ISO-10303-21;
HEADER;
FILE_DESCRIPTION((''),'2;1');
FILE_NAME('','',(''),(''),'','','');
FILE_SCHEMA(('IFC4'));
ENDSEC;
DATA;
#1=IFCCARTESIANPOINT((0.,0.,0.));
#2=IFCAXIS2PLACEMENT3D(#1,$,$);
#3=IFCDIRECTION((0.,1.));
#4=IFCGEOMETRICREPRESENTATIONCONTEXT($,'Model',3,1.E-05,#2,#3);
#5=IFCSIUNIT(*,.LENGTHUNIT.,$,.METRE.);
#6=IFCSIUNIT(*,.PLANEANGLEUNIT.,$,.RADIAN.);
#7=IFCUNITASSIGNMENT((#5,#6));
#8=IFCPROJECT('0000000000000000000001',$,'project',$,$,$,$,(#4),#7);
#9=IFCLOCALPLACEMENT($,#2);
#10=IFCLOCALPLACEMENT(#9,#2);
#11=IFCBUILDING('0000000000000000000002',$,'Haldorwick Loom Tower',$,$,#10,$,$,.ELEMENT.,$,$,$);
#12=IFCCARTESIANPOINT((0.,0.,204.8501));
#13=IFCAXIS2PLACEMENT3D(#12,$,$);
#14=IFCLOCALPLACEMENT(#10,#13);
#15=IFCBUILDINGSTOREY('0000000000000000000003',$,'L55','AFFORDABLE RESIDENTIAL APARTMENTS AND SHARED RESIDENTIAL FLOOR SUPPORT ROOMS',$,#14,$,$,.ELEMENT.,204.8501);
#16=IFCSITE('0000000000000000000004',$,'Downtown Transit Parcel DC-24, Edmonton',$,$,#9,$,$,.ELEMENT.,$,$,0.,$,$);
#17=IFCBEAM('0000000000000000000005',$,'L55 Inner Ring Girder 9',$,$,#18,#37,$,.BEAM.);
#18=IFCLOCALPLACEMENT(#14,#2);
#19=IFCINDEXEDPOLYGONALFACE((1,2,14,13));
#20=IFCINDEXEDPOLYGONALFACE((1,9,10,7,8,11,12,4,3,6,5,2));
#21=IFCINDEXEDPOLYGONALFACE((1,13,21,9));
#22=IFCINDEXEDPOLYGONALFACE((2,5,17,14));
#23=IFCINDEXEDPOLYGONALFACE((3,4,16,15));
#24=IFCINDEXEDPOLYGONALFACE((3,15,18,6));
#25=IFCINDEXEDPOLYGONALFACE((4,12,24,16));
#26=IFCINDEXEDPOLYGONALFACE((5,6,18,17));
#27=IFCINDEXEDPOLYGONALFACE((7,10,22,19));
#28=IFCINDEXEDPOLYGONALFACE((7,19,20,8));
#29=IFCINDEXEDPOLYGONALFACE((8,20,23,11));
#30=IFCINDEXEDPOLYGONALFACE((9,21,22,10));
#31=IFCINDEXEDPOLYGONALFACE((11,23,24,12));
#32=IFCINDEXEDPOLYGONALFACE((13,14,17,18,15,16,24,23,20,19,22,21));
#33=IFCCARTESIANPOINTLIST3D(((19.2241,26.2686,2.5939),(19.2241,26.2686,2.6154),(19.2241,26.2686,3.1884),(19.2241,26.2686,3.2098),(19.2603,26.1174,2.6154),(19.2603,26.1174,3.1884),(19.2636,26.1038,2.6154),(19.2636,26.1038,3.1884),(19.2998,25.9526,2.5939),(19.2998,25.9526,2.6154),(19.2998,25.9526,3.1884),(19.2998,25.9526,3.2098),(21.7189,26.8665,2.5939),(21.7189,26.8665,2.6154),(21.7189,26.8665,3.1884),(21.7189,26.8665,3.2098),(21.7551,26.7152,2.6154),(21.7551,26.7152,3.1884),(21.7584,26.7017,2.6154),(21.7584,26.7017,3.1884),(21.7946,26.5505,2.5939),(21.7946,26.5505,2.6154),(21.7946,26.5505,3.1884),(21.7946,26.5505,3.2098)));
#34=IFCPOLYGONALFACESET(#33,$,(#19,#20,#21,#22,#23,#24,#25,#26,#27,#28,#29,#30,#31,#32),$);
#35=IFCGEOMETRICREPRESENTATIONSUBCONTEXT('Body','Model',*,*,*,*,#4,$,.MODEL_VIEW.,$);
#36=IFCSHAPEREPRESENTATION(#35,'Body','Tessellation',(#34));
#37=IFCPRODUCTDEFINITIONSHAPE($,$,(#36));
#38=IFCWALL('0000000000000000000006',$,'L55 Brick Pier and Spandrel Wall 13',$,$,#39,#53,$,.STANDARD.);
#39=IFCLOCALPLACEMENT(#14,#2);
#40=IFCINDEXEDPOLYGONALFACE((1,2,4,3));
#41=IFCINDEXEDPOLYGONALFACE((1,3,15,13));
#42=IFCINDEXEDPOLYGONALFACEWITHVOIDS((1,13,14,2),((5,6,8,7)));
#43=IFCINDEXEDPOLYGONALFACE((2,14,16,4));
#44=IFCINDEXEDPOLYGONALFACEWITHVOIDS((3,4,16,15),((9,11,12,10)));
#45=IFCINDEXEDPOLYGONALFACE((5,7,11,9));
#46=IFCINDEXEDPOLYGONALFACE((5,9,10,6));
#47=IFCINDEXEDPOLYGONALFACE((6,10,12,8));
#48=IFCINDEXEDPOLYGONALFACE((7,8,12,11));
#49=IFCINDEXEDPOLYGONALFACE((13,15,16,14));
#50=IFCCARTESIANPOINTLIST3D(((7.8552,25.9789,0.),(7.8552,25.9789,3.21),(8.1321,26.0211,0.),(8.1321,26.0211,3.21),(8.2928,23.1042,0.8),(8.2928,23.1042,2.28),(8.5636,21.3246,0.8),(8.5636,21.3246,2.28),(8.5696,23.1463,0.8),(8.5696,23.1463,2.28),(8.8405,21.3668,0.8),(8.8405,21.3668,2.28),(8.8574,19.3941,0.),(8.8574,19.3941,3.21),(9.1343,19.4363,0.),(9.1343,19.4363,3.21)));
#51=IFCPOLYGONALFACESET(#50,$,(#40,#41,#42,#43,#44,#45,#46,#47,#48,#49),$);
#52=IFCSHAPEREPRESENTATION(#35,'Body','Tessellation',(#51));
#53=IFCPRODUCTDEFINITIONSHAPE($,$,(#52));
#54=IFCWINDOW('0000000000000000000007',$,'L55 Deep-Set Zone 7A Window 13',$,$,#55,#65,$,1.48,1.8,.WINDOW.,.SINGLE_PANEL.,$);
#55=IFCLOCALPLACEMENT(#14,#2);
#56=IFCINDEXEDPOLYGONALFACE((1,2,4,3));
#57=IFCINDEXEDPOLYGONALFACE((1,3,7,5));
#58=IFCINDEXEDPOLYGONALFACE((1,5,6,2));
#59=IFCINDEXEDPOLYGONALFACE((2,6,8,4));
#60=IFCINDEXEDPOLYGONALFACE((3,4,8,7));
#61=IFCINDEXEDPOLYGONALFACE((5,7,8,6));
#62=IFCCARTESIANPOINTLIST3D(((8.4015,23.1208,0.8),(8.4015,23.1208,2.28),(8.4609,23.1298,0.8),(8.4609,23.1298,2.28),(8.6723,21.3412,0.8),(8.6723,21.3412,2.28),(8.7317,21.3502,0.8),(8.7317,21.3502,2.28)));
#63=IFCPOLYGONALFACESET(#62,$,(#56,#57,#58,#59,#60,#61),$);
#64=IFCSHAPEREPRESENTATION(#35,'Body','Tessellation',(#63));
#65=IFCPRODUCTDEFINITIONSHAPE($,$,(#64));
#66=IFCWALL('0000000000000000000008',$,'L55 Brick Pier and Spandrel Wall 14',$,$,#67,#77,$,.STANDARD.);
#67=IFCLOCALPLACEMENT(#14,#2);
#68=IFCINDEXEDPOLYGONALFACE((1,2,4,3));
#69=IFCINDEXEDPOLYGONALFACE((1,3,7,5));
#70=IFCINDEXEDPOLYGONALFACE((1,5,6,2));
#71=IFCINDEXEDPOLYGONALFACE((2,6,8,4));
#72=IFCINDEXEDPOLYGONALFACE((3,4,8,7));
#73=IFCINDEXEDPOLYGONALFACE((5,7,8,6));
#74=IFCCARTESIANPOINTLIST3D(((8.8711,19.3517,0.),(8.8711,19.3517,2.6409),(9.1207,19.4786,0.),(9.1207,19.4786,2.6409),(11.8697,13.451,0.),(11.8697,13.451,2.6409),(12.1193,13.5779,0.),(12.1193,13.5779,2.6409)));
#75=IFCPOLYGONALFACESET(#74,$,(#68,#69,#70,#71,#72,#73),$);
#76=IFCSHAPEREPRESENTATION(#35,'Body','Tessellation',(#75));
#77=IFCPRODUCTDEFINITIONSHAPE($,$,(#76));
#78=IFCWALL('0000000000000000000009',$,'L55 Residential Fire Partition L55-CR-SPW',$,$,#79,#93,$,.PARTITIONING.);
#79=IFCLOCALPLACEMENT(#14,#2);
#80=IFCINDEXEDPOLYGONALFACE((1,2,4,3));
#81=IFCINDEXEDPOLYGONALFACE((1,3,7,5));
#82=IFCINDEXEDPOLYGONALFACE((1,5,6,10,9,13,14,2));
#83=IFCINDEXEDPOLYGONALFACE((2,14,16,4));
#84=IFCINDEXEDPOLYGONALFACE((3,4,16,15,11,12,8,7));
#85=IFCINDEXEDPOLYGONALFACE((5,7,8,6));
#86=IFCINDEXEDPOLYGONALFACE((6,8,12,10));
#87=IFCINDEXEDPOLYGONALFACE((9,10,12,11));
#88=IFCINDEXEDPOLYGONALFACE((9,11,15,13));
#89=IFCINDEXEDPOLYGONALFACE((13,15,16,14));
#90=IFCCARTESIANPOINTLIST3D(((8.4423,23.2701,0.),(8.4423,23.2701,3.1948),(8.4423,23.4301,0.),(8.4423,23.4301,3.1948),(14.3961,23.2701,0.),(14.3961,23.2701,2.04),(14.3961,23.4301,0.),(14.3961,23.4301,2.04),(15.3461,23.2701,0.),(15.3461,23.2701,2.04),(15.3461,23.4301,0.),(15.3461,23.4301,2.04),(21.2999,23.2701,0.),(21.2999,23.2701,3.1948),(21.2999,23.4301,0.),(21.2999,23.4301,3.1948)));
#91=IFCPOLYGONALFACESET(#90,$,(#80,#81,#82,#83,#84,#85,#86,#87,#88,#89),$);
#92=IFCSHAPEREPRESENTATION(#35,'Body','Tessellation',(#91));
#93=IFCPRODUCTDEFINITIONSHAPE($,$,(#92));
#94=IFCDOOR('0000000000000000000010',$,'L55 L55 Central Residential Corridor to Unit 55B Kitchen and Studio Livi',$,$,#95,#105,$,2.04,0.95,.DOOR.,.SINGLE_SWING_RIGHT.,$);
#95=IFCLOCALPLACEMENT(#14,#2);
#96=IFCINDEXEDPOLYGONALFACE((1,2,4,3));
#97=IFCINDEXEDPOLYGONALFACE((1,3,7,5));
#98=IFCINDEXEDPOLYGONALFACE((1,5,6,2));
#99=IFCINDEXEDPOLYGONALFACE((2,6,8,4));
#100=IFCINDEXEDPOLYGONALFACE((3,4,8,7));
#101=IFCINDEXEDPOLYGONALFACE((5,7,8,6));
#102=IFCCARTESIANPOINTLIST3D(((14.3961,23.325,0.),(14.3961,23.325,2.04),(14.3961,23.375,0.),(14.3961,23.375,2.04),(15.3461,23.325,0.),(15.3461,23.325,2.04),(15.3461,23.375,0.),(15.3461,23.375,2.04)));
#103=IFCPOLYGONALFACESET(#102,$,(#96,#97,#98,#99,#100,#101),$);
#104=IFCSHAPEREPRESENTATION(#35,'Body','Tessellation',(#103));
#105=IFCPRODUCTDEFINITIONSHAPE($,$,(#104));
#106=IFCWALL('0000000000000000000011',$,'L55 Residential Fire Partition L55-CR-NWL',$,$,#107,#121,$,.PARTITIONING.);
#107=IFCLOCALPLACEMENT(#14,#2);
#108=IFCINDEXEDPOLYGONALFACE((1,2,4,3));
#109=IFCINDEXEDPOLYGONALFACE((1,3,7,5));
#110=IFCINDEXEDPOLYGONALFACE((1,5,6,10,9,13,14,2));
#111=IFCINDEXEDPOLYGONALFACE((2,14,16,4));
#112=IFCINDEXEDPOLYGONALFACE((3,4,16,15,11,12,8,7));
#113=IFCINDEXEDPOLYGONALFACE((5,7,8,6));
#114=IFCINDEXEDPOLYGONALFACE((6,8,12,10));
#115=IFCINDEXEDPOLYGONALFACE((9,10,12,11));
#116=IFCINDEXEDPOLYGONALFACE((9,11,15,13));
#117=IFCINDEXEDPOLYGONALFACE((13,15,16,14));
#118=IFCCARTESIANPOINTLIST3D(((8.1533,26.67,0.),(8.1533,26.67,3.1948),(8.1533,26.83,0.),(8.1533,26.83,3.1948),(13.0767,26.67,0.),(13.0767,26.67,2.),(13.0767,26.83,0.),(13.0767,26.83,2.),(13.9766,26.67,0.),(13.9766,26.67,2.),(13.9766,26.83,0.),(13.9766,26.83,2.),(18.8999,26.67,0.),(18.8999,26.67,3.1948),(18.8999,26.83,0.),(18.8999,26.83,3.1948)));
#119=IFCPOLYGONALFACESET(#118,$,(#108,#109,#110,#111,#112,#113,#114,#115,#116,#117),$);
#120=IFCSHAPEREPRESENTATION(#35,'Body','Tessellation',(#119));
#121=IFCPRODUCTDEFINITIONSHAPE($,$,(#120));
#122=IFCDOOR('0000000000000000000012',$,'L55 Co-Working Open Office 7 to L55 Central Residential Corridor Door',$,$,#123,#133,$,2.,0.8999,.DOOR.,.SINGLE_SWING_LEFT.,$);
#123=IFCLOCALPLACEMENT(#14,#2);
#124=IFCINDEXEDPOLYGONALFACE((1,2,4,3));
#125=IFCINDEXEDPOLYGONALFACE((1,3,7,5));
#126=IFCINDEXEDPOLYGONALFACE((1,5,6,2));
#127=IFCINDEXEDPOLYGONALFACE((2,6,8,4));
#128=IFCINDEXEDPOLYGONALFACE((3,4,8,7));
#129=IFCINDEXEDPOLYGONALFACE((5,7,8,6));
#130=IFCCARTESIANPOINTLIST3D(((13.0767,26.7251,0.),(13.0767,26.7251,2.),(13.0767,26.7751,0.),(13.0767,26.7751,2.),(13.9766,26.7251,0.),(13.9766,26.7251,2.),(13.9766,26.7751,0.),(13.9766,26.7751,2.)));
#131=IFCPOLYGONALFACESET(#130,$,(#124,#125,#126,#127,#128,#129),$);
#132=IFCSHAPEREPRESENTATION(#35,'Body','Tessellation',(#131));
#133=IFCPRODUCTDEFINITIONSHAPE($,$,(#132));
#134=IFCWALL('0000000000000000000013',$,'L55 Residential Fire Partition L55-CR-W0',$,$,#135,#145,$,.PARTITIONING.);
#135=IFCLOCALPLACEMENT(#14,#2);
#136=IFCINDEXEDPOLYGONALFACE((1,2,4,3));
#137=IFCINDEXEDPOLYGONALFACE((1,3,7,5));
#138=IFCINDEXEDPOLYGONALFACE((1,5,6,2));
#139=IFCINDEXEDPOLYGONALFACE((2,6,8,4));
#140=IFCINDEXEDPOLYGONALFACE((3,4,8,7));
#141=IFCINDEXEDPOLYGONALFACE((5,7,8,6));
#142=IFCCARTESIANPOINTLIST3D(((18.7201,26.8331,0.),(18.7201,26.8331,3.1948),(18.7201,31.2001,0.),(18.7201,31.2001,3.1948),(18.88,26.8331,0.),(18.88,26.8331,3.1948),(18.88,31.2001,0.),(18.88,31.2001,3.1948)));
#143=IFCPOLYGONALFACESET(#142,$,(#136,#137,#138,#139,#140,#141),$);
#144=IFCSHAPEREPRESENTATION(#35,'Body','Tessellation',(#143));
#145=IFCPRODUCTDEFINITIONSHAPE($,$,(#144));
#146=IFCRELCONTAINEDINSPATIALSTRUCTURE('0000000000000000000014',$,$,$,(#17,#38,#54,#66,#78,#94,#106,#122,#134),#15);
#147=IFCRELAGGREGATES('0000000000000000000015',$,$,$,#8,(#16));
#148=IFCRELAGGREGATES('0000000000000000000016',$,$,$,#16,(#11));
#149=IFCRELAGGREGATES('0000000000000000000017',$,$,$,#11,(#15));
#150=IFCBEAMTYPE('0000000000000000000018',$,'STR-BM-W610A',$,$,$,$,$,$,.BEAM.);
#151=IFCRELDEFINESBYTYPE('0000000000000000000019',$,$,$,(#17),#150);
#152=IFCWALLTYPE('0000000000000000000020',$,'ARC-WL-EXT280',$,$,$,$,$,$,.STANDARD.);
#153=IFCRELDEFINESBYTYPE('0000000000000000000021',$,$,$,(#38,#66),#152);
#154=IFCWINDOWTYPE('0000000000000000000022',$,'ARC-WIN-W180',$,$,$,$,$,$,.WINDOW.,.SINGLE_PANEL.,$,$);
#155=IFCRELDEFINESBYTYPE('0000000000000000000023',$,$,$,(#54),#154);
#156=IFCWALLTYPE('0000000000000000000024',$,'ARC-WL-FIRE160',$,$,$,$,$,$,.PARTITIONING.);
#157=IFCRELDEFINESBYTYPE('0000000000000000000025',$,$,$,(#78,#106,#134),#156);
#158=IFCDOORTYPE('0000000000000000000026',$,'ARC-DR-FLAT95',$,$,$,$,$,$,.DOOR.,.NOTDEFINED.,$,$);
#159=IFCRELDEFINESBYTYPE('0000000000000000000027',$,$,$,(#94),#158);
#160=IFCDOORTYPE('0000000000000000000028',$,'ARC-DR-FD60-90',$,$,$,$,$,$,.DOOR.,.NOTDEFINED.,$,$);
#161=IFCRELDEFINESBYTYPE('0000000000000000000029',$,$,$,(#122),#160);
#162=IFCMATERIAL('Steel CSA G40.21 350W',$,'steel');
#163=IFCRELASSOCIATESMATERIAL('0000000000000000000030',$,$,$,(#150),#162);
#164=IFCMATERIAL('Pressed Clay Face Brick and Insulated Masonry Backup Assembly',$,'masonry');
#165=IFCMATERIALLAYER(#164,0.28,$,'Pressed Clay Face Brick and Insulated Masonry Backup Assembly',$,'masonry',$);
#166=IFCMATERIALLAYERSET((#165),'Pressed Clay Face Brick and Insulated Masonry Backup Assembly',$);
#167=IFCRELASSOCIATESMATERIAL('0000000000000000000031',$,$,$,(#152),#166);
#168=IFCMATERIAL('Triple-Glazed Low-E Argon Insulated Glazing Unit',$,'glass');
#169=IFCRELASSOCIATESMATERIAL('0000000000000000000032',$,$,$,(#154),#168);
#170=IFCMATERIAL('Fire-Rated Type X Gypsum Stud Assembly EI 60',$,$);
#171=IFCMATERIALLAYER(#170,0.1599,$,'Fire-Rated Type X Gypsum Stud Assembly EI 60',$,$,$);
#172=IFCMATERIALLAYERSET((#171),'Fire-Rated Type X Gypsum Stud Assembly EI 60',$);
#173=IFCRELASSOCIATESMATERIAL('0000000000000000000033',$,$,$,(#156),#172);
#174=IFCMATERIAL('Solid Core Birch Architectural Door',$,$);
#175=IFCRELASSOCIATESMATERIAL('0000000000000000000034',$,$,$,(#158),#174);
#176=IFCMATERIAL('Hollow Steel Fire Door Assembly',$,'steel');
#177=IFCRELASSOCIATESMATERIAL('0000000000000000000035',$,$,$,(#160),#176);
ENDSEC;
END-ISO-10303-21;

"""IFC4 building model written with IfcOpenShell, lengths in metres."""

from ifc_helpers import new_model, si_unit, direction, frame, frame_2d, origin, origin_2d, place, context, subcontext, project, spatial, rectangle, i_section, extrude, material, layer, layer_set, material_profile, profile_set, type_object, element, fill, save


model = new_model("IFC4")

# Units and contexts
model_context = context("Model", 3, precision=1e-05, world=origin(), true_north=direction((0.0, 1.0)))
body_context = subcontext(model_context, "Body", "Model", "MODEL_VIEW")
ifc_project = project(units=[si_unit("LENGTHUNIT", "METRE"), si_unit("PLANEANGLEUNIT", "RADIAN")], contexts=[model_context])

# Site, building, storey
site_placement = place(None, origin())
site = spatial("IfcSite", under=ifc_project, at=site_placement, Name="Downtown Transit Parcel DC-24, Edmonton", CompositionType="ELEMENT", RefElevation=0.0)
building_placement = place(site_placement, origin())
building = spatial("IfcBuilding", under=site, at=building_placement, Name="Haldorwick Loom Tower", CompositionType="ELEMENT")
storey_placement = place(building_placement, frame((0.0, 0.0, 204.8501)))
storey = spatial("IfcBuildingStorey", under=building, at=storey_placement, Name="L55", Description="AFFORDABLE RESIDENTIAL APARTMENTS AND SHARED RESIDENTIAL FLOOR SUPPORT ROOMS", CompositionType="ELEMENT", Elevation=204.8501)

# Beam
ifc_material_1 = material(Name="Steel CSA G40.21 350W", Category="steel")
ifc_material_profile_1 = material_profile(ifc_material_1, i_section(OverallWidth=0.325, OverallDepth=0.616, WebThickness=0.0139, FlangeThickness=0.0215, at=origin_2d()), Name="W610X174", Category="steel")
ifc_profile_set_1 = profile_set([ifc_material_profile_1], Name="Steel CSA G40.21 350W")
beam_type_1 = type_object("IfcBeamType", Name="STR-BM-W610A", PredefinedType="BEAM", material=ifc_profile_set_1)
beam_1_placement = place(storey_placement, frame((19.262, 26.1106, 2.9019), z_axis=(0.972464, 0.233053, 0.0), x_axis=(-0.233053, 0.972464, 0.0)))
element("IfcBeam", 1, at=beam_1_placement, inside=storey, type_object=beam_type_1, Name="L55 Inner Ring Girder 9", PredefinedType="BEAM", context=body_context, shape_type="SweptSolid", body=[
    extrude(i_section(OverallWidth=0.325, OverallDepth=0.616, WebThickness=0.0139, FlangeThickness=0.0215, at=origin_2d()), origin(), (0.0, 0.0, 1.0), 2.5654),
])

# Wall, opening, window
ifc_material_2 = material(Name="Pressed Clay Face Brick and Insulated Masonry Backup Assembly", Category="masonry")
ifc_layer_1 = layer(ifc_material_2, 0.28, Name="Pressed Clay Face Brick and Insulated Masonry Backup Assembly", Category="masonry")
ifc_layer_set_1 = layer_set([ifc_layer_1], Name="Pressed Clay Face Brick and Insulated Masonry Backup Assembly")
wall_type_1 = type_object("IfcWallType", Name="ARC-WL-EXT280", PredefinedType="STANDARD", material=ifc_layer_set_1)
wall_1_placement = place(storey_placement, frame((7.9937, 26.0, 0.0), z_axis=(0.0, 0.0, 1.0), x_axis=(0.150468, -0.988615, 0.0)))
wall_1 = element("IfcWall", 2, at=wall_1_placement, inside=storey, type_object=wall_type_1, Name="L55 Brick Pier and Spandrel Wall 13", PredefinedType="STANDARD", context=body_context, shape_type="SweptSolid", body=[
    extrude(rectangle(XDim=6.6606, YDim=0.28, at=frame_2d((3.3303, 0.0))), origin(), (0.0, 0.0, 1.0), 3.21),
])
opening_1_placement = place(wall_1_placement, frame((2.908, 0.0, 0.8)))
opening_1 = element("IfcOpeningElement", 3, at=opening_1_placement, cuts=wall_1, PredefinedType="OPENING", context=body_context, shape_type="SweptSolid", body=[
    extrude(rectangle(XDim=1.8, YDim=1.48, at=frame_2d((0.8999, 0.74))), frame((0.0, 0.1499, 0.0), z_axis=(0.0, -1.0, 0.0), x_axis=(1.0, 0.0, 0.0)), (0.0, 0.0, 1.0), 0.3),
])
ifc_material_3 = material(Name="Triple-Glazed Low-E Argon Insulated Glazing Unit", Category="glass")
window_type = type_object("IfcWindowType", Name="ARC-WIN-W180", PartitioningType="SINGLE_PANEL", PredefinedType="WINDOW", material=ifc_material_3)
window_placement = place(opening_1_placement, origin())
window = element("IfcWindow", 4, at=window_placement, inside=storey, type_object=window_type, Name="L55 Deep-Set Zone 7A Window 13", OverallHeight=1.48, OverallWidth=1.8, PartitioningType="SINGLE_PANEL", PredefinedType="WINDOW", context=body_context, shape_type="SweptSolid", body=[
    extrude(rectangle(XDim=1.8, YDim=1.48, at=frame_2d((0.8999, 0.74))), frame((0.0, 0.03, 0.0), z_axis=(0.0, -1.0, 0.0), x_axis=(1.0, 0.0, 0.0)), (0.0, 0.0, 1.0), 0.0601),
])
fill(opening_1, window)

# Wall
wall_2_placement = place(storey_placement, frame((8.9958, 19.4153, 0.0), z_axis=(0.0, 0.0, 1.0), x_axis=(0.453032, -0.891494, 0.0)))
element("IfcWall", 5, at=wall_2_placement, inside=storey, type_object=wall_type_1, Name="L55 Brick Pier and Spandrel Wall 14", PredefinedType="STANDARD", context=body_context, shape_type="SweptSolid", body=[
    extrude(rectangle(XDim=6.6189, YDim=0.28, at=frame_2d((3.3096, 0.0))), origin(), (0.0, 0.0, 1.0), 2.6409),
])

# Walls, openings, doors
ifc_material_4 = material(Name="Fire-Rated Type X Gypsum Stud Assembly EI 60")
ifc_layer_2 = layer(ifc_material_4, 0.1599, Name="Fire-Rated Type X Gypsum Stud Assembly EI 60")
ifc_layer_set_2 = layer_set([ifc_layer_2], Name="Fire-Rated Type X Gypsum Stud Assembly EI 60")
wall_type_2 = type_object("IfcWallType", Name="ARC-WL-FIRE160", PredefinedType="PARTITIONING", material=ifc_layer_set_2)
wall_3_placement = place(storey_placement, frame((8.4424, 23.3501, 0.0), z_axis=(0.0, 0.0, 1.0), x_axis=(1.0, 0.0, 0.0)))
wall_3 = element("IfcWall", 6, at=wall_3_placement, inside=storey, type_object=wall_type_2, Name="L55 Residential Fire Partition L55-CR-SPW", PredefinedType="PARTITIONING", context=body_context, shape_type="SweptSolid", body=[
    extrude(rectangle(XDim=12.8577, YDim=0.1599, at=frame_2d((6.4287, 0.0))), origin(), (0.0, 0.0, 1.0), 3.1948),
])
opening_2_placement = place(wall_3_placement, frame((5.9536, 0.0, 0.0)))
opening_2 = element("IfcOpeningElement", 7, at=opening_2_placement, cuts=wall_3, PredefinedType="OPENING", context=body_context, shape_type="SweptSolid", body=[
    extrude(rectangle(XDim=0.95, YDim=2.04, at=frame_2d((0.4751, 1.02))), frame((0.0, 0.0898, 0.0), z_axis=(0.0, -1.0, 0.0), x_axis=(1.0, 0.0, 0.0)), (0.0, 0.0, 1.0), 0.1799),
])
ifc_material_5 = material(Name="Solid Core Birch Architectural Door")
door_type_1 = type_object("IfcDoorType", Name="ARC-DR-FLAT95", OperationType="NOTDEFINED", PredefinedType="DOOR", material=ifc_material_5)
door_1_placement = place(opening_2_placement, origin())
door_1 = element("IfcDoor", 8, at=door_1_placement, inside=storey, type_object=door_type_1, Name="L55 L55 Central Residential Corridor to Unit 55B Kitchen and Studio Livi", OperationType="SINGLE_SWING_RIGHT", OverallHeight=2.04, OverallWidth=0.95, PredefinedType="DOOR", context=body_context, shape_type="SweptSolid", body=[
    extrude(rectangle(XDim=0.95, YDim=2.04, at=frame_2d((0.4751, 1.02))), frame((0.0, 0.0249, 0.0), z_axis=(0.0, -1.0, 0.0), x_axis=(1.0, 0.0, 0.0)), (0.0, 0.0, 1.0), 0.05),
])
fill(opening_2, door_1)
wall_4_placement = place(storey_placement, frame((8.1533, 26.75, 0.0), z_axis=(0.0, 0.0, 1.0), x_axis=(1.0, 0.0, 0.0)))
wall_4 = element("IfcWall", 9, at=wall_4_placement, inside=storey, type_object=wall_type_2, Name="L55 Residential Fire Partition L55-CR-NWL", PredefinedType="PARTITIONING", context=body_context, shape_type="SweptSolid", body=[
    extrude(rectangle(XDim=10.7466, YDim=0.1599, at=frame_2d((5.3733, 0.0))), origin(), (0.0, 0.0, 1.0), 3.1948),
])
opening_3_placement = place(wall_4_placement, frame((4.9233, 0.0, 0.0)))
opening_3 = element("IfcOpeningElement", 10, at=opening_3_placement, cuts=wall_4, PredefinedType="OPENING", context=body_context, shape_type="SweptSolid", body=[
    extrude(rectangle(XDim=0.8999, YDim=2.0, at=frame_2d((0.45, 1.0))), frame((0.0, 0.0898, 0.0), z_axis=(0.0, -1.0, 0.0), x_axis=(1.0, 0.0, 0.0)), (0.0, 0.0, 1.0), 0.1799),
])
ifc_material_6 = material(Name="Hollow Steel Fire Door Assembly", Category="steel")
door_type_2 = type_object("IfcDoorType", Name="ARC-DR-FD60-90", OperationType="NOTDEFINED", PredefinedType="DOOR", material=ifc_material_6)
door_2_placement = place(opening_3_placement, frame((0.8999, 0.0, 0.0), z_axis=(0.0, 0.0, 1.0), x_axis=(-1.0, 0.0, 0.0)))
door_2 = element("IfcDoor", 11, at=door_2_placement, inside=storey, type_object=door_type_2, Name="L55 Co-Working Open Office 7 to L55 Central Residential Corridor Door", OperationType="SINGLE_SWING_LEFT", OverallHeight=2.0, OverallWidth=0.8999, PredefinedType="DOOR", context=body_context, shape_type="SweptSolid", body=[
    extrude(rectangle(XDim=0.8999, YDim=2.0, at=frame_2d((0.45, 1.0))), frame((0.0, 0.0249, 0.0), z_axis=(0.0, -1.0, 0.0), x_axis=(1.0, 0.0, 0.0)), (0.0, 0.0, 1.0), 0.05),
])
fill(opening_3, door_2)

# Wall
wall_5_placement = place(storey_placement, frame((18.8, 26.833, 0.0), z_axis=(0.0, 0.0, 1.0), x_axis=(0.0, 1.0, 0.0)))
element("IfcWall", 12, at=wall_5_placement, inside=storey, type_object=wall_type_2, Name="L55 Residential Fire Partition L55-CR-W0", PredefinedType="PARTITIONING", context=body_context, shape_type="SweptSolid", body=[
    extrude(rectangle(XDim=4.3669, YDim=0.1599, at=frame_2d((2.1836, 0.0))), origin(), (0.0, 0.0, 1.0), 3.1948),
])

save(model, "model.ifc")
